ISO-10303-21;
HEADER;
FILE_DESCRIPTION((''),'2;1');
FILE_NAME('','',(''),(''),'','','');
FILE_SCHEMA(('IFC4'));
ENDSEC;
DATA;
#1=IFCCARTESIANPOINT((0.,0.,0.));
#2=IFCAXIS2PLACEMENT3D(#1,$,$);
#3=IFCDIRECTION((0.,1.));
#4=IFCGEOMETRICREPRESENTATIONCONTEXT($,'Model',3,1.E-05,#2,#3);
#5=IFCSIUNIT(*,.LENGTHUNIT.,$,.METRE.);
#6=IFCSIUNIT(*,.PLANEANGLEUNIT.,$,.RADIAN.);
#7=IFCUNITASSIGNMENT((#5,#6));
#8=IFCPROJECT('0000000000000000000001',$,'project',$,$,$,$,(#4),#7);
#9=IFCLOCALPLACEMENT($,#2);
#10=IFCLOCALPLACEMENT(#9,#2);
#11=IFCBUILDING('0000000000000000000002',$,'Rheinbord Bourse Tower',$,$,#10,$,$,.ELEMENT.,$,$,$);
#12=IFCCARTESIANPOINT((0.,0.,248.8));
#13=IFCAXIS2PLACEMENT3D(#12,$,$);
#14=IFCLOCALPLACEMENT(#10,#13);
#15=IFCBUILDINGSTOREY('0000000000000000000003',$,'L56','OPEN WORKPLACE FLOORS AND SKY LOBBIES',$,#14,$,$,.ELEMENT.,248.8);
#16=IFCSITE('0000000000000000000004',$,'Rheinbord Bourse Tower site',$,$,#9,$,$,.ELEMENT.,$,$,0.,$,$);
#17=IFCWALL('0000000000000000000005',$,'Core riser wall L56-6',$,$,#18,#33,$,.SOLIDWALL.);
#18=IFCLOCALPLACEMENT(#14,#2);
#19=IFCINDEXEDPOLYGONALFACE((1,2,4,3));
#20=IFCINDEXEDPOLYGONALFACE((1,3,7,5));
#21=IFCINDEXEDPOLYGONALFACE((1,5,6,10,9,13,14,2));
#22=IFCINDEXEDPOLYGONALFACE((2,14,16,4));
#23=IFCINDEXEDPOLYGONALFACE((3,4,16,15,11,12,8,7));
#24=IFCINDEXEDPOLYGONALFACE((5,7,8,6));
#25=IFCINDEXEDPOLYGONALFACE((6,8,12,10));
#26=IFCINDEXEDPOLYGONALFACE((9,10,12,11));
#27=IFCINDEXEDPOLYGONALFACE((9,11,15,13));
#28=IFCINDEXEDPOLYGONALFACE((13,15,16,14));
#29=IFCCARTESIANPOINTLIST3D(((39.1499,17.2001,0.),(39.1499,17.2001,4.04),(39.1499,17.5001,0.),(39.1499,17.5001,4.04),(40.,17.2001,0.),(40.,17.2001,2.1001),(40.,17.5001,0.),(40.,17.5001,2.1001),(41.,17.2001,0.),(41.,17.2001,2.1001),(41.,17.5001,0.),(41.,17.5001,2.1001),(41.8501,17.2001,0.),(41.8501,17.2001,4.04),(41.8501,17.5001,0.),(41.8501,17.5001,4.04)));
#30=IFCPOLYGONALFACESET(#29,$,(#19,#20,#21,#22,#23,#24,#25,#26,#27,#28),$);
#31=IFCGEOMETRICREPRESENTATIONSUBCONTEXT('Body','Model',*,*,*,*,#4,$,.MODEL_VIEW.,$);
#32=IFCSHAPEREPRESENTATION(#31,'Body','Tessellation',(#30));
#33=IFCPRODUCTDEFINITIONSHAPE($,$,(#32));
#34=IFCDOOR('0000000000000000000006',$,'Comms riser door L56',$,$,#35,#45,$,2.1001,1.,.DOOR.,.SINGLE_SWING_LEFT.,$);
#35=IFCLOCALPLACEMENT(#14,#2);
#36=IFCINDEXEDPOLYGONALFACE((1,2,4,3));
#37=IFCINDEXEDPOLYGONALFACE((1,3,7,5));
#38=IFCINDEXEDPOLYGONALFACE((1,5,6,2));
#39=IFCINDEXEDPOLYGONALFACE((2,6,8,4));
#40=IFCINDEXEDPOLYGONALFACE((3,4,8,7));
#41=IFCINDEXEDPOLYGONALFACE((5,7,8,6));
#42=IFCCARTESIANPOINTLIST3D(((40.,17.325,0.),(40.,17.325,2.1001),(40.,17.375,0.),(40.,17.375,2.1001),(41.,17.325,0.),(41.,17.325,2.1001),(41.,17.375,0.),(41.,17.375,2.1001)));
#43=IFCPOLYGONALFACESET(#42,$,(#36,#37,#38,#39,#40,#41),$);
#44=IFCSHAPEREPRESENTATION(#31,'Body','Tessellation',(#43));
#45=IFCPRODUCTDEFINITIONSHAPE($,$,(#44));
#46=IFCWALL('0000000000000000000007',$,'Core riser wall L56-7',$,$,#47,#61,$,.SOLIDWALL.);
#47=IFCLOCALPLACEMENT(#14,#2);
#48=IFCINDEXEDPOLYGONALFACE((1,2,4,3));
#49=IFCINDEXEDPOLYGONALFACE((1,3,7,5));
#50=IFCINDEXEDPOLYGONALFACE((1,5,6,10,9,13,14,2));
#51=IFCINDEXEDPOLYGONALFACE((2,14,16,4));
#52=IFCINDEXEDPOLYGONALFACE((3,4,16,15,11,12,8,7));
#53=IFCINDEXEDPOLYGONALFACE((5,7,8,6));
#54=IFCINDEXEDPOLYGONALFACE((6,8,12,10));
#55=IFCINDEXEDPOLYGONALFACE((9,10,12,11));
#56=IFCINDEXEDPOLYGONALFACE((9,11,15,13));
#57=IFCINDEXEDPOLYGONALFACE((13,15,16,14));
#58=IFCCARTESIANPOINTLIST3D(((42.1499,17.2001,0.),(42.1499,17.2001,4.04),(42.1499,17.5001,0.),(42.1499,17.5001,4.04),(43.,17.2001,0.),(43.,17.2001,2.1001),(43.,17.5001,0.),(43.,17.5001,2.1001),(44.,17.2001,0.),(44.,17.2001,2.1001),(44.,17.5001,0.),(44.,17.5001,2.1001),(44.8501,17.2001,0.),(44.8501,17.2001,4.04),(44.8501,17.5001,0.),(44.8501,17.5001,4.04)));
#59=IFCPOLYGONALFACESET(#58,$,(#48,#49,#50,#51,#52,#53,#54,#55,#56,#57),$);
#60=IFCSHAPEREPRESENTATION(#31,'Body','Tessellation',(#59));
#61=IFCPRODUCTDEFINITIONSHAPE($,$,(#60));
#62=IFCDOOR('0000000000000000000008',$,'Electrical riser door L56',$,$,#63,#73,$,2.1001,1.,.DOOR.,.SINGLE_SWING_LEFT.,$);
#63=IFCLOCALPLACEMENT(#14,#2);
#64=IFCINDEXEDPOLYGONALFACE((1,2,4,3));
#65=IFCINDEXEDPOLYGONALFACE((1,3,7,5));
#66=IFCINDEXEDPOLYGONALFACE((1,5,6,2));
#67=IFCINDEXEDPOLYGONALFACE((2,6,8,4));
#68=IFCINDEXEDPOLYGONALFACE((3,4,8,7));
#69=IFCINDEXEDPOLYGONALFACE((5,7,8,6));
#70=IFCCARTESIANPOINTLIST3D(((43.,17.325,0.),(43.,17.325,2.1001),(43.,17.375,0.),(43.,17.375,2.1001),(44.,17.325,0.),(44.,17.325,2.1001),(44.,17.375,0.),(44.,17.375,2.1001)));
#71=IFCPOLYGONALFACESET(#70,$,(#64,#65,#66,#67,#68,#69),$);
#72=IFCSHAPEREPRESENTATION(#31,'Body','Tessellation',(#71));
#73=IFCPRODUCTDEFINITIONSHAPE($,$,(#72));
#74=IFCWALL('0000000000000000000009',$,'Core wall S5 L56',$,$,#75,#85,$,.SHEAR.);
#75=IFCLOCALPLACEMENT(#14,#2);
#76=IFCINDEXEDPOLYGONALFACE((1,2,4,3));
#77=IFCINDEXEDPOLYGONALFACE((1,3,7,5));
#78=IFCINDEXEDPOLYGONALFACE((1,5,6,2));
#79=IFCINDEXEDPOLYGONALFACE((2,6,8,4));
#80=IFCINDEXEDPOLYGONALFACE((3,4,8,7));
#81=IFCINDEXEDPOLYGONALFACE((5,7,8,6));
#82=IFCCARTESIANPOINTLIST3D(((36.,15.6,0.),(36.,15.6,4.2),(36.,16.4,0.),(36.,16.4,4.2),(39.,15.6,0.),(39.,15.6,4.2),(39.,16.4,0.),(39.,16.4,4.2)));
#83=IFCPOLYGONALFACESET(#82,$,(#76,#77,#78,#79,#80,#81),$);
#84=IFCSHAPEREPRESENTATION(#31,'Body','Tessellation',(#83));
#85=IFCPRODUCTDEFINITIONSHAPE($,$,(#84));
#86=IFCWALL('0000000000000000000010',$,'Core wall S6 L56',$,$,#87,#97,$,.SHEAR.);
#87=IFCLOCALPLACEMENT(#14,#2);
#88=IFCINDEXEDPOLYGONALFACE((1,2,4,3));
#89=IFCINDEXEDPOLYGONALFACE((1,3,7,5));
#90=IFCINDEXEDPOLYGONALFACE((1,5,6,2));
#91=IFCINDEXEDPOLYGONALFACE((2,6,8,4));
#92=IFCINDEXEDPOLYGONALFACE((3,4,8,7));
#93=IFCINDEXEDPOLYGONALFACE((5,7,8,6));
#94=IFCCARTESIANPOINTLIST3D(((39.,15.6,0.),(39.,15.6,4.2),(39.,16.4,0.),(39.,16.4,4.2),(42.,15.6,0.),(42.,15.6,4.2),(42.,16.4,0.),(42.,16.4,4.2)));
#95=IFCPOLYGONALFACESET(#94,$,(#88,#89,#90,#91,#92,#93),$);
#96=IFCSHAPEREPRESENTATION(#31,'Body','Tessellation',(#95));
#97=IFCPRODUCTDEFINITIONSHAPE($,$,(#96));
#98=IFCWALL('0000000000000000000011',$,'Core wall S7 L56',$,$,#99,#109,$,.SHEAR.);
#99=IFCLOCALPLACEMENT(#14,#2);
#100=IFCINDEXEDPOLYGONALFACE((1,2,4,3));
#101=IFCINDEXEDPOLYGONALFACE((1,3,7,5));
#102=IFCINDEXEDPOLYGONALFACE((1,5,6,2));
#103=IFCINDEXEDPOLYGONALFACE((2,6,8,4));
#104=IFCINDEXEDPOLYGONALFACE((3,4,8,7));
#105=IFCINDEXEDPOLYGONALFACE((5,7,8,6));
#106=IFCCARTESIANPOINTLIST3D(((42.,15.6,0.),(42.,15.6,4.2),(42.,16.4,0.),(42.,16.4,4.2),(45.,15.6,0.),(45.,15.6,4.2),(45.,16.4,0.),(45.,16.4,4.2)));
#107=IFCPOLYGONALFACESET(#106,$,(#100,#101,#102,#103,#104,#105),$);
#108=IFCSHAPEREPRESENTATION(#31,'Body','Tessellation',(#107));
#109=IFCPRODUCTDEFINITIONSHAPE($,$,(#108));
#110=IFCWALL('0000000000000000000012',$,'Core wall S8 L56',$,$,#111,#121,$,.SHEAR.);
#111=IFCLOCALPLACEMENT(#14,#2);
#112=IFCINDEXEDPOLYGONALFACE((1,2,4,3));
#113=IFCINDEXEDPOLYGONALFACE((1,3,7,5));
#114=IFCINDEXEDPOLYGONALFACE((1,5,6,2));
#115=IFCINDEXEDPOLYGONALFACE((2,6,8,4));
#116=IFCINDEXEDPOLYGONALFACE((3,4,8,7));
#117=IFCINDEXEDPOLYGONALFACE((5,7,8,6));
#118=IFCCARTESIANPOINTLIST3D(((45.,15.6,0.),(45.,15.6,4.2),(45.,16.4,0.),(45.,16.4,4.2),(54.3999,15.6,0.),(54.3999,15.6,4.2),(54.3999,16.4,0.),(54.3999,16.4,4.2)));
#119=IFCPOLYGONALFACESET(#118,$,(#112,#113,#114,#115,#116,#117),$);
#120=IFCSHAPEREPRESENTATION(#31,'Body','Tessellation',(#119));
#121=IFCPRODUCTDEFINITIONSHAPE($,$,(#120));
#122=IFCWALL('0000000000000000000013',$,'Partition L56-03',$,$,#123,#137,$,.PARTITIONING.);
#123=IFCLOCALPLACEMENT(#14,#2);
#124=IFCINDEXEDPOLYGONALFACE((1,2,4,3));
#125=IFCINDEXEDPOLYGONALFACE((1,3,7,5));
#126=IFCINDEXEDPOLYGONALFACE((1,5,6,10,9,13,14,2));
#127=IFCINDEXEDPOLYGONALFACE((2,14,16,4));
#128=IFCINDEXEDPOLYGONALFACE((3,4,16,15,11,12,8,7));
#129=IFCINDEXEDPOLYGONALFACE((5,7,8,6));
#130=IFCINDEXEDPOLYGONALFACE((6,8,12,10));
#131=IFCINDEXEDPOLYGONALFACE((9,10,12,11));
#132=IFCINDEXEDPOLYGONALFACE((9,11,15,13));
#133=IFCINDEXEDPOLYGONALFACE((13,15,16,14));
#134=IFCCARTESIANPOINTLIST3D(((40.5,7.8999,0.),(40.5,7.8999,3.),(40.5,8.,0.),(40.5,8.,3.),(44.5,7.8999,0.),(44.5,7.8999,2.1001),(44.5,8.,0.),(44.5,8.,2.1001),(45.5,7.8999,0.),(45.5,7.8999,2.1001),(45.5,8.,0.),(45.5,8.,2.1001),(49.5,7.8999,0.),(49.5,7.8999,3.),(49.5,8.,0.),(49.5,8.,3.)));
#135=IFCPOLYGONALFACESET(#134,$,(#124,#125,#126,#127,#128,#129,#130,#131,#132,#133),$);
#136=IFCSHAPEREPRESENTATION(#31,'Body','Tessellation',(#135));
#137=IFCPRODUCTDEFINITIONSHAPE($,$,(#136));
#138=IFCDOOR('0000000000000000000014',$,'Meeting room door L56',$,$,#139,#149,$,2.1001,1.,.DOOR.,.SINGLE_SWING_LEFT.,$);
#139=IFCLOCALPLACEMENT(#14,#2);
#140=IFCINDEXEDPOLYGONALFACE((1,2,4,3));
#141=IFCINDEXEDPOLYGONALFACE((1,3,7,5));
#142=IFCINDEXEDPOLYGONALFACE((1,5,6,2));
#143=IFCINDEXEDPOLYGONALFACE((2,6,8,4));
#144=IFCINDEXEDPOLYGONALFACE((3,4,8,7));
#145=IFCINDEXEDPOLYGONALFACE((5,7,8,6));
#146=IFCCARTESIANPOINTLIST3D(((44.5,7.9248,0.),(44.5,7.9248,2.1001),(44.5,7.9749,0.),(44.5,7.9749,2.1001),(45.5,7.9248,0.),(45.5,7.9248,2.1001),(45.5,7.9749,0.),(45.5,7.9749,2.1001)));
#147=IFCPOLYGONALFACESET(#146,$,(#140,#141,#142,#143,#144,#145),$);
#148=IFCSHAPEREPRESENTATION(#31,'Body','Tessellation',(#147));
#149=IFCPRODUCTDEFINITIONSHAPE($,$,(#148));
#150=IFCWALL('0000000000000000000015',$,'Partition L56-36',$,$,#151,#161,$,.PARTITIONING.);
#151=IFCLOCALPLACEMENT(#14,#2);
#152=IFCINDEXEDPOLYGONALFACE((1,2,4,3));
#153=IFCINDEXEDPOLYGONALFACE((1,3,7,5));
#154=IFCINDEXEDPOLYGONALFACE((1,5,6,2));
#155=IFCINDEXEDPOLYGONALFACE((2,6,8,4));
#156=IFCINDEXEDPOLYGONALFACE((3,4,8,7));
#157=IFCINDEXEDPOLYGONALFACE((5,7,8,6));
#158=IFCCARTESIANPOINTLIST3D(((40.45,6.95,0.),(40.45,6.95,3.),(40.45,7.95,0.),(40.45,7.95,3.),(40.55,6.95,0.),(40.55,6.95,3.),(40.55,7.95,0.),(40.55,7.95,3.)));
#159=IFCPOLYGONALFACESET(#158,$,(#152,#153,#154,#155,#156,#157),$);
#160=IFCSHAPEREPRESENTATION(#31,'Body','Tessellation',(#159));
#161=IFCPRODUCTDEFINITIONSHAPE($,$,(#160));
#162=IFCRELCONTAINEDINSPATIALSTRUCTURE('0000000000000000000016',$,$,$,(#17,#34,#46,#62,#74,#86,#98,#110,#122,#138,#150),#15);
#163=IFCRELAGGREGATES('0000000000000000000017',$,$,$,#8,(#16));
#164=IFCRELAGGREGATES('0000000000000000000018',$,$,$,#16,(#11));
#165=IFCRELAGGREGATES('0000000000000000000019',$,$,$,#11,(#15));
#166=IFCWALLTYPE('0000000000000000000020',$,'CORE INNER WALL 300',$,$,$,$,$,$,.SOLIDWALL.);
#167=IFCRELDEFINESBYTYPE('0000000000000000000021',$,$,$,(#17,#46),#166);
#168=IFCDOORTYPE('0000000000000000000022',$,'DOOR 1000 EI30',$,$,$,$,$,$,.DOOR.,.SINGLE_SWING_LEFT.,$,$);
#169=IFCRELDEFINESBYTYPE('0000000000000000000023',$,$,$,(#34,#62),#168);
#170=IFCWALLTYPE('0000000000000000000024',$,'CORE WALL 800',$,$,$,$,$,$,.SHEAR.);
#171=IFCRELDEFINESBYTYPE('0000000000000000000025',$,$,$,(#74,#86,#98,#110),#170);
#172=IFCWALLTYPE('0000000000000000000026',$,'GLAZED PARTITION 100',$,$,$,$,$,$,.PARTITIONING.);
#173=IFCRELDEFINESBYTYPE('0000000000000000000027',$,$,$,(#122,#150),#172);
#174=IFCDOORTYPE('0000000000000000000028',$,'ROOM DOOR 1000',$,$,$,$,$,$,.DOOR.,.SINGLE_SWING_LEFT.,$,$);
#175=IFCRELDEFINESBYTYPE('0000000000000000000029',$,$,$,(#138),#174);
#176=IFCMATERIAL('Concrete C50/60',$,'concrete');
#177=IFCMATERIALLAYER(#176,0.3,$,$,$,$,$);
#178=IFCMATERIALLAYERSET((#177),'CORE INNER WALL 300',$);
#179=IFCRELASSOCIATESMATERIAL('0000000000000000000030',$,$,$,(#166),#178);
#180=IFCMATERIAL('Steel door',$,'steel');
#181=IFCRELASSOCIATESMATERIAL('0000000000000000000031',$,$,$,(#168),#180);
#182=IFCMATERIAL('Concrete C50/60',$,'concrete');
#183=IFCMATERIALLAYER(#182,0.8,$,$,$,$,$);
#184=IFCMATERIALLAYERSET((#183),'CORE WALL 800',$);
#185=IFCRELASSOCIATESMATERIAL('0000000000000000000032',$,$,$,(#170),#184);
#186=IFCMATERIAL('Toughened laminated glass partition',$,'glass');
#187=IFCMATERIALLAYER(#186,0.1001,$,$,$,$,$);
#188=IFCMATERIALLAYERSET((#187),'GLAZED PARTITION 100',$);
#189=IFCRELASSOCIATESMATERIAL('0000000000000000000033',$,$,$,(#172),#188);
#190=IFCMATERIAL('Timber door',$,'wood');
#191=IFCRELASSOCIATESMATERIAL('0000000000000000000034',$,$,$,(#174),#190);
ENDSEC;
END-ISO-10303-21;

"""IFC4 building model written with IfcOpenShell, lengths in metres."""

from ifc_helpers import new_model, si_unit, direction, frame, frame_2d, origin, place, context, subcontext, project, spatial, rectangle, extrude, material, layer, layer_set, type_object, element, fill, save


model = new_model("IFC4")

# Units and contexts
model_context = context("Model", 3, precision=1e-05, world=origin(), true_north=direction((0.0, 1.0)))
body_context = subcontext(model_context, "Body", "Model", "MODEL_VIEW")
ifc_project = project(units=[si_unit("LENGTHUNIT", "METRE"), si_unit("PLANEANGLEUNIT", "RADIAN")], contexts=[model_context])

# Site, building, storey
site_placement = place(None, origin())
site = spatial("IfcSite", under=ifc_project, at=site_placement, Name="Rheinbord Bourse Tower site", CompositionType="ELEMENT", RefElevation=0.0)
building_placement = place(site_placement, origin())
building = spatial("IfcBuilding", under=site, at=building_placement, Name="Rheinbord Bourse Tower", CompositionType="ELEMENT")
storey_placement = place(building_placement, frame((0.0, 0.0, 248.8)))
storey = spatial("IfcBuildingStorey", under=building, at=storey_placement, Name="L56", Description="OPEN WORKPLACE FLOORS AND SKY LOBBIES", CompositionType="ELEMENT", Elevation=248.8)

# Shared definitions
ifc_material_1 = material(Name="Concrete C50/60", Category="concrete")
ifc_layer_1 = layer(ifc_material_1, 0.3)
ifc_layer_set_1 = layer_set([ifc_layer_1], Name="CORE INNER WALL 300")
wall_type_1 = type_object("IfcWallType", Name="CORE INNER WALL 300", PredefinedType="SOLIDWALL", material=ifc_layer_set_1)
ifc_material_2 = material(Name="Steel door", Category="steel")
door_type_1 = type_object("IfcDoorType", Name="DOOR 1000 EI30", OperationType="SINGLE_SWING_LEFT", PredefinedType="DOOR", material=ifc_material_2)

# Walls, openings, doors
wall_1_placement = place(storey_placement, frame((39.1499, 17.3501, 0.0), z_axis=(0.0, 0.0, 1.0), x_axis=(1.0, 0.0, 0.0)))
wall_1 = element("IfcWall", 1, at=wall_1_placement, inside=storey, type_object=wall_type_1, Name="Core riser wall L56-6", PredefinedType="SOLIDWALL", context=body_context, shape_type="SweptSolid", body=[
    extrude(rectangle(XDim=2.7002, YDim=0.3, at=frame_2d((1.3501, 0.0))), origin(), (0.0, 0.0, 1.0), 4.04),
])
opening_1_placement = place(wall_1_placement, frame((0.8501, 0.0, 0.0)))
opening_1 = element("IfcOpeningElement", 2, at=opening_1_placement, cuts=wall_1, PredefinedType="OPENING", context=body_context, shape_type="SweptSolid", body=[
    extrude(rectangle(XDim=1.0, YDim=2.1001, at=frame_2d((0.5, 1.05))), frame((0.0, 0.1599, 0.0), z_axis=(0.0, -1.0, 0.0), x_axis=(1.0, 0.0, 0.0)), (0.0, 0.0, 1.0), 0.3201),
])
door_1_placement = place(opening_1_placement, origin())
door_1 = element("IfcDoor", 3, at=door_1_placement, inside=storey, type_object=door_type_1, Name="Comms riser door L56", OperationType="SINGLE_SWING_LEFT", OverallHeight=2.1001, OverallWidth=1.0, PredefinedType="DOOR", context=body_context, shape_type="SweptSolid", body=[
    extrude(rectangle(XDim=1.0, YDim=2.1001, at=frame_2d((0.5, 1.05))), frame((0.0, 0.0249, 0.0), z_axis=(0.0, -1.0, 0.0), x_axis=(1.0, 0.0, 0.0)), (0.0, 0.0, 1.0), 0.05),
])
fill(opening_1, door_1)
wall_2_placement = place(storey_placement, frame((42.1499, 17.3501, 0.0), z_axis=(0.0, 0.0, 1.0), x_axis=(1.0, 0.0, 0.0)))
wall_2 = element("IfcWall", 4, at=wall_2_placement, inside=storey, type_object=wall_type_1, Name="Core riser wall L56-7", PredefinedType="SOLIDWALL", context=body_context, shape_type="SweptSolid", body=[
    extrude(rectangle(XDim=2.7002, YDim=0.3, at=frame_2d((1.3501, 0.0))), origin(), (0.0, 0.0, 1.0), 4.04),
])
opening_2_placement = place(wall_2_placement, frame((0.8501, 0.0, 0.0)))
opening_2 = element("IfcOpeningElement", 5, at=opening_2_placement, cuts=wall_2, PredefinedType="OPENING", context=body_context, shape_type="SweptSolid", body=[
    extrude(rectangle(XDim=1.0, YDim=2.1001, at=frame_2d((0.5, 1.05))), frame((0.0, 0.1599, 0.0), z_axis=(0.0, -1.0, 0.0), x_axis=(1.0, 0.0, 0.0)), (0.0, 0.0, 1.0), 0.3201),
])
door_2_placement = place(opening_2_placement, origin())
door_2 = element("IfcDoor", 6, at=door_2_placement, inside=storey, type_object=door_type_1, Name="Electrical riser door L56", OperationType="SINGLE_SWING_LEFT", OverallHeight=2.1001, OverallWidth=1.0, PredefinedType="DOOR", context=body_context, shape_type="SweptSolid", body=[
    extrude(rectangle(XDim=1.0, YDim=2.1001, at=frame_2d((0.5, 1.05))), frame((0.0, 0.0249, 0.0), z_axis=(0.0, -1.0, 0.0), x_axis=(1.0, 0.0, 0.0)), (0.0, 0.0, 1.0), 0.05),
])
fill(opening_2, door_2)

# Walls
ifc_material_3 = material(Name="Concrete C50/60", Category="concrete")
ifc_layer_2 = layer(ifc_material_3, 0.8)
ifc_layer_set_2 = layer_set([ifc_layer_2], Name="CORE WALL 800")
wall_type_2 = type_object("IfcWallType", Name="CORE WALL 800", PredefinedType="SHEAR", material=ifc_layer_set_2)
for number, where, z_axis, x_axis, name in (
    (7, (36.0, 16.0, 0.0), (0.0, 0.0, 1.0), (1.0, 0.0, 0.0), "Core wall S5 L56"),
    (8, (39.0, 16.0, 0.0), (0.0, 0.0, 1.0), (1.0, 0.0, 0.0), "Core wall S6 L56"),
    (9, (42.0, 16.0, 0.0), (0.0, 0.0, 1.0), (1.0, 0.0, 0.0), "Core wall S7 L56"),
):
    element("IfcWall", number, at=place(storey_placement, frame(where, z_axis=z_axis, x_axis=x_axis)), inside=storey, type_object=wall_type_2, Name=name, PredefinedType="SHEAR", context=body_context, shape_type="SweptSolid", body=[
        extrude(rectangle(XDim=3.0, YDim=0.8, at=frame_2d((1.5, 0.0))), origin(), (0.0, 0.0, 1.0), 4.2),
    ])
wall_3_placement = place(storey_placement, frame((45.0, 16.0, 0.0), z_axis=(0.0, 0.0, 1.0), x_axis=(1.0, 0.0, 0.0)))
element("IfcWall", 10, at=wall_3_placement, inside=storey, type_object=wall_type_2, Name="Core wall S8 L56", PredefinedType="SHEAR", context=body_context, shape_type="SweptSolid", body=[
    extrude(rectangle(XDim=9.3999, YDim=0.8, at=frame_2d((4.7, 0.0))), origin(), (0.0, 0.0, 1.0), 4.2),
])

# Wall, opening, door
ifc_material_4 = material(Name="Toughened laminated glass partition", Category="glass")
ifc_layer_3 = layer(ifc_material_4, 0.1001)
ifc_layer_set_3 = layer_set([ifc_layer_3], Name="GLAZED PARTITION 100")
wall_type_3 = type_object("IfcWallType", Name="GLAZED PARTITION 100", PredefinedType="PARTITIONING", material=ifc_layer_set_3)
wall_4_placement = place(storey_placement, frame((40.5, 7.95, 0.0), z_axis=(0.0, 0.0, 1.0), x_axis=(1.0, 0.0, 0.0)))
wall_4 = element("IfcWall", 11, at=wall_4_placement, inside=storey, type_object=wall_type_3, Name="Partition L56-03", PredefinedType="PARTITIONING", context=body_context, shape_type="SweptSolid", body=[
    extrude(rectangle(XDim=9.0, YDim=0.1001, at=frame_2d((4.5, 0.0))), origin(), (0.0, 0.0, 1.0), 3.0),
])
opening_3_placement = place(wall_4_placement, frame((4.0, 0.0, 0.0)))
opening_3 = element("IfcOpeningElement", 12, at=opening_3_placement, cuts=wall_4, PredefinedType="OPENING", context=body_context, shape_type="SweptSolid", body=[
    extrude(rectangle(XDim=1.0, YDim=2.1001, at=frame_2d((0.5, 1.05))), frame((0.0, 0.0601, 0.0), z_axis=(0.0, -1.0, 0.0), x_axis=(1.0, 0.0, 0.0)), (0.0, 0.0, 1.0), 0.1201),
])
ifc_material_5 = material(Name="Timber door", Category="wood")
door_type_2 = type_object("IfcDoorType", Name="ROOM DOOR 1000", OperationType="SINGLE_SWING_LEFT", PredefinedType="DOOR", material=ifc_material_5)
door_3_placement = place(opening_3_placement, origin())
door_3 = element("IfcDoor", 13, at=door_3_placement, inside=storey, type_object=door_type_2, Name="Meeting room door L56", OperationType="SINGLE_SWING_LEFT", OverallHeight=2.1001, OverallWidth=1.0, PredefinedType="DOOR", context=body_context, shape_type="SweptSolid", body=[
    extrude(rectangle(XDim=1.0, YDim=2.1001, at=frame_2d((0.5, 1.05))), frame((0.0, 0.0249, 0.0), z_axis=(0.0, -1.0, 0.0), x_axis=(1.0, 0.0, 0.0)), (0.0, 0.0, 1.0), 0.05),
])
fill(opening_3, door_3)

# Wall
wall_5_placement = place(storey_placement, frame((40.5, 6.95, 0.0), z_axis=(0.0, 0.0, 1.0), x_axis=(0.0, 1.0, 0.0)))
element("IfcWall", 14, at=wall_5_placement, inside=storey, type_object=wall_type_3, Name="Partition L56-36", PredefinedType="PARTITIONING", context=body_context, shape_type="SweptSolid", body=[
    extrude(rectangle(XDim=1.0, YDim=0.1001, at=frame_2d((0.5, 0.0))), origin(), (0.0, 0.0, 1.0), 3.0),
])

save(model, "model.ifc")
